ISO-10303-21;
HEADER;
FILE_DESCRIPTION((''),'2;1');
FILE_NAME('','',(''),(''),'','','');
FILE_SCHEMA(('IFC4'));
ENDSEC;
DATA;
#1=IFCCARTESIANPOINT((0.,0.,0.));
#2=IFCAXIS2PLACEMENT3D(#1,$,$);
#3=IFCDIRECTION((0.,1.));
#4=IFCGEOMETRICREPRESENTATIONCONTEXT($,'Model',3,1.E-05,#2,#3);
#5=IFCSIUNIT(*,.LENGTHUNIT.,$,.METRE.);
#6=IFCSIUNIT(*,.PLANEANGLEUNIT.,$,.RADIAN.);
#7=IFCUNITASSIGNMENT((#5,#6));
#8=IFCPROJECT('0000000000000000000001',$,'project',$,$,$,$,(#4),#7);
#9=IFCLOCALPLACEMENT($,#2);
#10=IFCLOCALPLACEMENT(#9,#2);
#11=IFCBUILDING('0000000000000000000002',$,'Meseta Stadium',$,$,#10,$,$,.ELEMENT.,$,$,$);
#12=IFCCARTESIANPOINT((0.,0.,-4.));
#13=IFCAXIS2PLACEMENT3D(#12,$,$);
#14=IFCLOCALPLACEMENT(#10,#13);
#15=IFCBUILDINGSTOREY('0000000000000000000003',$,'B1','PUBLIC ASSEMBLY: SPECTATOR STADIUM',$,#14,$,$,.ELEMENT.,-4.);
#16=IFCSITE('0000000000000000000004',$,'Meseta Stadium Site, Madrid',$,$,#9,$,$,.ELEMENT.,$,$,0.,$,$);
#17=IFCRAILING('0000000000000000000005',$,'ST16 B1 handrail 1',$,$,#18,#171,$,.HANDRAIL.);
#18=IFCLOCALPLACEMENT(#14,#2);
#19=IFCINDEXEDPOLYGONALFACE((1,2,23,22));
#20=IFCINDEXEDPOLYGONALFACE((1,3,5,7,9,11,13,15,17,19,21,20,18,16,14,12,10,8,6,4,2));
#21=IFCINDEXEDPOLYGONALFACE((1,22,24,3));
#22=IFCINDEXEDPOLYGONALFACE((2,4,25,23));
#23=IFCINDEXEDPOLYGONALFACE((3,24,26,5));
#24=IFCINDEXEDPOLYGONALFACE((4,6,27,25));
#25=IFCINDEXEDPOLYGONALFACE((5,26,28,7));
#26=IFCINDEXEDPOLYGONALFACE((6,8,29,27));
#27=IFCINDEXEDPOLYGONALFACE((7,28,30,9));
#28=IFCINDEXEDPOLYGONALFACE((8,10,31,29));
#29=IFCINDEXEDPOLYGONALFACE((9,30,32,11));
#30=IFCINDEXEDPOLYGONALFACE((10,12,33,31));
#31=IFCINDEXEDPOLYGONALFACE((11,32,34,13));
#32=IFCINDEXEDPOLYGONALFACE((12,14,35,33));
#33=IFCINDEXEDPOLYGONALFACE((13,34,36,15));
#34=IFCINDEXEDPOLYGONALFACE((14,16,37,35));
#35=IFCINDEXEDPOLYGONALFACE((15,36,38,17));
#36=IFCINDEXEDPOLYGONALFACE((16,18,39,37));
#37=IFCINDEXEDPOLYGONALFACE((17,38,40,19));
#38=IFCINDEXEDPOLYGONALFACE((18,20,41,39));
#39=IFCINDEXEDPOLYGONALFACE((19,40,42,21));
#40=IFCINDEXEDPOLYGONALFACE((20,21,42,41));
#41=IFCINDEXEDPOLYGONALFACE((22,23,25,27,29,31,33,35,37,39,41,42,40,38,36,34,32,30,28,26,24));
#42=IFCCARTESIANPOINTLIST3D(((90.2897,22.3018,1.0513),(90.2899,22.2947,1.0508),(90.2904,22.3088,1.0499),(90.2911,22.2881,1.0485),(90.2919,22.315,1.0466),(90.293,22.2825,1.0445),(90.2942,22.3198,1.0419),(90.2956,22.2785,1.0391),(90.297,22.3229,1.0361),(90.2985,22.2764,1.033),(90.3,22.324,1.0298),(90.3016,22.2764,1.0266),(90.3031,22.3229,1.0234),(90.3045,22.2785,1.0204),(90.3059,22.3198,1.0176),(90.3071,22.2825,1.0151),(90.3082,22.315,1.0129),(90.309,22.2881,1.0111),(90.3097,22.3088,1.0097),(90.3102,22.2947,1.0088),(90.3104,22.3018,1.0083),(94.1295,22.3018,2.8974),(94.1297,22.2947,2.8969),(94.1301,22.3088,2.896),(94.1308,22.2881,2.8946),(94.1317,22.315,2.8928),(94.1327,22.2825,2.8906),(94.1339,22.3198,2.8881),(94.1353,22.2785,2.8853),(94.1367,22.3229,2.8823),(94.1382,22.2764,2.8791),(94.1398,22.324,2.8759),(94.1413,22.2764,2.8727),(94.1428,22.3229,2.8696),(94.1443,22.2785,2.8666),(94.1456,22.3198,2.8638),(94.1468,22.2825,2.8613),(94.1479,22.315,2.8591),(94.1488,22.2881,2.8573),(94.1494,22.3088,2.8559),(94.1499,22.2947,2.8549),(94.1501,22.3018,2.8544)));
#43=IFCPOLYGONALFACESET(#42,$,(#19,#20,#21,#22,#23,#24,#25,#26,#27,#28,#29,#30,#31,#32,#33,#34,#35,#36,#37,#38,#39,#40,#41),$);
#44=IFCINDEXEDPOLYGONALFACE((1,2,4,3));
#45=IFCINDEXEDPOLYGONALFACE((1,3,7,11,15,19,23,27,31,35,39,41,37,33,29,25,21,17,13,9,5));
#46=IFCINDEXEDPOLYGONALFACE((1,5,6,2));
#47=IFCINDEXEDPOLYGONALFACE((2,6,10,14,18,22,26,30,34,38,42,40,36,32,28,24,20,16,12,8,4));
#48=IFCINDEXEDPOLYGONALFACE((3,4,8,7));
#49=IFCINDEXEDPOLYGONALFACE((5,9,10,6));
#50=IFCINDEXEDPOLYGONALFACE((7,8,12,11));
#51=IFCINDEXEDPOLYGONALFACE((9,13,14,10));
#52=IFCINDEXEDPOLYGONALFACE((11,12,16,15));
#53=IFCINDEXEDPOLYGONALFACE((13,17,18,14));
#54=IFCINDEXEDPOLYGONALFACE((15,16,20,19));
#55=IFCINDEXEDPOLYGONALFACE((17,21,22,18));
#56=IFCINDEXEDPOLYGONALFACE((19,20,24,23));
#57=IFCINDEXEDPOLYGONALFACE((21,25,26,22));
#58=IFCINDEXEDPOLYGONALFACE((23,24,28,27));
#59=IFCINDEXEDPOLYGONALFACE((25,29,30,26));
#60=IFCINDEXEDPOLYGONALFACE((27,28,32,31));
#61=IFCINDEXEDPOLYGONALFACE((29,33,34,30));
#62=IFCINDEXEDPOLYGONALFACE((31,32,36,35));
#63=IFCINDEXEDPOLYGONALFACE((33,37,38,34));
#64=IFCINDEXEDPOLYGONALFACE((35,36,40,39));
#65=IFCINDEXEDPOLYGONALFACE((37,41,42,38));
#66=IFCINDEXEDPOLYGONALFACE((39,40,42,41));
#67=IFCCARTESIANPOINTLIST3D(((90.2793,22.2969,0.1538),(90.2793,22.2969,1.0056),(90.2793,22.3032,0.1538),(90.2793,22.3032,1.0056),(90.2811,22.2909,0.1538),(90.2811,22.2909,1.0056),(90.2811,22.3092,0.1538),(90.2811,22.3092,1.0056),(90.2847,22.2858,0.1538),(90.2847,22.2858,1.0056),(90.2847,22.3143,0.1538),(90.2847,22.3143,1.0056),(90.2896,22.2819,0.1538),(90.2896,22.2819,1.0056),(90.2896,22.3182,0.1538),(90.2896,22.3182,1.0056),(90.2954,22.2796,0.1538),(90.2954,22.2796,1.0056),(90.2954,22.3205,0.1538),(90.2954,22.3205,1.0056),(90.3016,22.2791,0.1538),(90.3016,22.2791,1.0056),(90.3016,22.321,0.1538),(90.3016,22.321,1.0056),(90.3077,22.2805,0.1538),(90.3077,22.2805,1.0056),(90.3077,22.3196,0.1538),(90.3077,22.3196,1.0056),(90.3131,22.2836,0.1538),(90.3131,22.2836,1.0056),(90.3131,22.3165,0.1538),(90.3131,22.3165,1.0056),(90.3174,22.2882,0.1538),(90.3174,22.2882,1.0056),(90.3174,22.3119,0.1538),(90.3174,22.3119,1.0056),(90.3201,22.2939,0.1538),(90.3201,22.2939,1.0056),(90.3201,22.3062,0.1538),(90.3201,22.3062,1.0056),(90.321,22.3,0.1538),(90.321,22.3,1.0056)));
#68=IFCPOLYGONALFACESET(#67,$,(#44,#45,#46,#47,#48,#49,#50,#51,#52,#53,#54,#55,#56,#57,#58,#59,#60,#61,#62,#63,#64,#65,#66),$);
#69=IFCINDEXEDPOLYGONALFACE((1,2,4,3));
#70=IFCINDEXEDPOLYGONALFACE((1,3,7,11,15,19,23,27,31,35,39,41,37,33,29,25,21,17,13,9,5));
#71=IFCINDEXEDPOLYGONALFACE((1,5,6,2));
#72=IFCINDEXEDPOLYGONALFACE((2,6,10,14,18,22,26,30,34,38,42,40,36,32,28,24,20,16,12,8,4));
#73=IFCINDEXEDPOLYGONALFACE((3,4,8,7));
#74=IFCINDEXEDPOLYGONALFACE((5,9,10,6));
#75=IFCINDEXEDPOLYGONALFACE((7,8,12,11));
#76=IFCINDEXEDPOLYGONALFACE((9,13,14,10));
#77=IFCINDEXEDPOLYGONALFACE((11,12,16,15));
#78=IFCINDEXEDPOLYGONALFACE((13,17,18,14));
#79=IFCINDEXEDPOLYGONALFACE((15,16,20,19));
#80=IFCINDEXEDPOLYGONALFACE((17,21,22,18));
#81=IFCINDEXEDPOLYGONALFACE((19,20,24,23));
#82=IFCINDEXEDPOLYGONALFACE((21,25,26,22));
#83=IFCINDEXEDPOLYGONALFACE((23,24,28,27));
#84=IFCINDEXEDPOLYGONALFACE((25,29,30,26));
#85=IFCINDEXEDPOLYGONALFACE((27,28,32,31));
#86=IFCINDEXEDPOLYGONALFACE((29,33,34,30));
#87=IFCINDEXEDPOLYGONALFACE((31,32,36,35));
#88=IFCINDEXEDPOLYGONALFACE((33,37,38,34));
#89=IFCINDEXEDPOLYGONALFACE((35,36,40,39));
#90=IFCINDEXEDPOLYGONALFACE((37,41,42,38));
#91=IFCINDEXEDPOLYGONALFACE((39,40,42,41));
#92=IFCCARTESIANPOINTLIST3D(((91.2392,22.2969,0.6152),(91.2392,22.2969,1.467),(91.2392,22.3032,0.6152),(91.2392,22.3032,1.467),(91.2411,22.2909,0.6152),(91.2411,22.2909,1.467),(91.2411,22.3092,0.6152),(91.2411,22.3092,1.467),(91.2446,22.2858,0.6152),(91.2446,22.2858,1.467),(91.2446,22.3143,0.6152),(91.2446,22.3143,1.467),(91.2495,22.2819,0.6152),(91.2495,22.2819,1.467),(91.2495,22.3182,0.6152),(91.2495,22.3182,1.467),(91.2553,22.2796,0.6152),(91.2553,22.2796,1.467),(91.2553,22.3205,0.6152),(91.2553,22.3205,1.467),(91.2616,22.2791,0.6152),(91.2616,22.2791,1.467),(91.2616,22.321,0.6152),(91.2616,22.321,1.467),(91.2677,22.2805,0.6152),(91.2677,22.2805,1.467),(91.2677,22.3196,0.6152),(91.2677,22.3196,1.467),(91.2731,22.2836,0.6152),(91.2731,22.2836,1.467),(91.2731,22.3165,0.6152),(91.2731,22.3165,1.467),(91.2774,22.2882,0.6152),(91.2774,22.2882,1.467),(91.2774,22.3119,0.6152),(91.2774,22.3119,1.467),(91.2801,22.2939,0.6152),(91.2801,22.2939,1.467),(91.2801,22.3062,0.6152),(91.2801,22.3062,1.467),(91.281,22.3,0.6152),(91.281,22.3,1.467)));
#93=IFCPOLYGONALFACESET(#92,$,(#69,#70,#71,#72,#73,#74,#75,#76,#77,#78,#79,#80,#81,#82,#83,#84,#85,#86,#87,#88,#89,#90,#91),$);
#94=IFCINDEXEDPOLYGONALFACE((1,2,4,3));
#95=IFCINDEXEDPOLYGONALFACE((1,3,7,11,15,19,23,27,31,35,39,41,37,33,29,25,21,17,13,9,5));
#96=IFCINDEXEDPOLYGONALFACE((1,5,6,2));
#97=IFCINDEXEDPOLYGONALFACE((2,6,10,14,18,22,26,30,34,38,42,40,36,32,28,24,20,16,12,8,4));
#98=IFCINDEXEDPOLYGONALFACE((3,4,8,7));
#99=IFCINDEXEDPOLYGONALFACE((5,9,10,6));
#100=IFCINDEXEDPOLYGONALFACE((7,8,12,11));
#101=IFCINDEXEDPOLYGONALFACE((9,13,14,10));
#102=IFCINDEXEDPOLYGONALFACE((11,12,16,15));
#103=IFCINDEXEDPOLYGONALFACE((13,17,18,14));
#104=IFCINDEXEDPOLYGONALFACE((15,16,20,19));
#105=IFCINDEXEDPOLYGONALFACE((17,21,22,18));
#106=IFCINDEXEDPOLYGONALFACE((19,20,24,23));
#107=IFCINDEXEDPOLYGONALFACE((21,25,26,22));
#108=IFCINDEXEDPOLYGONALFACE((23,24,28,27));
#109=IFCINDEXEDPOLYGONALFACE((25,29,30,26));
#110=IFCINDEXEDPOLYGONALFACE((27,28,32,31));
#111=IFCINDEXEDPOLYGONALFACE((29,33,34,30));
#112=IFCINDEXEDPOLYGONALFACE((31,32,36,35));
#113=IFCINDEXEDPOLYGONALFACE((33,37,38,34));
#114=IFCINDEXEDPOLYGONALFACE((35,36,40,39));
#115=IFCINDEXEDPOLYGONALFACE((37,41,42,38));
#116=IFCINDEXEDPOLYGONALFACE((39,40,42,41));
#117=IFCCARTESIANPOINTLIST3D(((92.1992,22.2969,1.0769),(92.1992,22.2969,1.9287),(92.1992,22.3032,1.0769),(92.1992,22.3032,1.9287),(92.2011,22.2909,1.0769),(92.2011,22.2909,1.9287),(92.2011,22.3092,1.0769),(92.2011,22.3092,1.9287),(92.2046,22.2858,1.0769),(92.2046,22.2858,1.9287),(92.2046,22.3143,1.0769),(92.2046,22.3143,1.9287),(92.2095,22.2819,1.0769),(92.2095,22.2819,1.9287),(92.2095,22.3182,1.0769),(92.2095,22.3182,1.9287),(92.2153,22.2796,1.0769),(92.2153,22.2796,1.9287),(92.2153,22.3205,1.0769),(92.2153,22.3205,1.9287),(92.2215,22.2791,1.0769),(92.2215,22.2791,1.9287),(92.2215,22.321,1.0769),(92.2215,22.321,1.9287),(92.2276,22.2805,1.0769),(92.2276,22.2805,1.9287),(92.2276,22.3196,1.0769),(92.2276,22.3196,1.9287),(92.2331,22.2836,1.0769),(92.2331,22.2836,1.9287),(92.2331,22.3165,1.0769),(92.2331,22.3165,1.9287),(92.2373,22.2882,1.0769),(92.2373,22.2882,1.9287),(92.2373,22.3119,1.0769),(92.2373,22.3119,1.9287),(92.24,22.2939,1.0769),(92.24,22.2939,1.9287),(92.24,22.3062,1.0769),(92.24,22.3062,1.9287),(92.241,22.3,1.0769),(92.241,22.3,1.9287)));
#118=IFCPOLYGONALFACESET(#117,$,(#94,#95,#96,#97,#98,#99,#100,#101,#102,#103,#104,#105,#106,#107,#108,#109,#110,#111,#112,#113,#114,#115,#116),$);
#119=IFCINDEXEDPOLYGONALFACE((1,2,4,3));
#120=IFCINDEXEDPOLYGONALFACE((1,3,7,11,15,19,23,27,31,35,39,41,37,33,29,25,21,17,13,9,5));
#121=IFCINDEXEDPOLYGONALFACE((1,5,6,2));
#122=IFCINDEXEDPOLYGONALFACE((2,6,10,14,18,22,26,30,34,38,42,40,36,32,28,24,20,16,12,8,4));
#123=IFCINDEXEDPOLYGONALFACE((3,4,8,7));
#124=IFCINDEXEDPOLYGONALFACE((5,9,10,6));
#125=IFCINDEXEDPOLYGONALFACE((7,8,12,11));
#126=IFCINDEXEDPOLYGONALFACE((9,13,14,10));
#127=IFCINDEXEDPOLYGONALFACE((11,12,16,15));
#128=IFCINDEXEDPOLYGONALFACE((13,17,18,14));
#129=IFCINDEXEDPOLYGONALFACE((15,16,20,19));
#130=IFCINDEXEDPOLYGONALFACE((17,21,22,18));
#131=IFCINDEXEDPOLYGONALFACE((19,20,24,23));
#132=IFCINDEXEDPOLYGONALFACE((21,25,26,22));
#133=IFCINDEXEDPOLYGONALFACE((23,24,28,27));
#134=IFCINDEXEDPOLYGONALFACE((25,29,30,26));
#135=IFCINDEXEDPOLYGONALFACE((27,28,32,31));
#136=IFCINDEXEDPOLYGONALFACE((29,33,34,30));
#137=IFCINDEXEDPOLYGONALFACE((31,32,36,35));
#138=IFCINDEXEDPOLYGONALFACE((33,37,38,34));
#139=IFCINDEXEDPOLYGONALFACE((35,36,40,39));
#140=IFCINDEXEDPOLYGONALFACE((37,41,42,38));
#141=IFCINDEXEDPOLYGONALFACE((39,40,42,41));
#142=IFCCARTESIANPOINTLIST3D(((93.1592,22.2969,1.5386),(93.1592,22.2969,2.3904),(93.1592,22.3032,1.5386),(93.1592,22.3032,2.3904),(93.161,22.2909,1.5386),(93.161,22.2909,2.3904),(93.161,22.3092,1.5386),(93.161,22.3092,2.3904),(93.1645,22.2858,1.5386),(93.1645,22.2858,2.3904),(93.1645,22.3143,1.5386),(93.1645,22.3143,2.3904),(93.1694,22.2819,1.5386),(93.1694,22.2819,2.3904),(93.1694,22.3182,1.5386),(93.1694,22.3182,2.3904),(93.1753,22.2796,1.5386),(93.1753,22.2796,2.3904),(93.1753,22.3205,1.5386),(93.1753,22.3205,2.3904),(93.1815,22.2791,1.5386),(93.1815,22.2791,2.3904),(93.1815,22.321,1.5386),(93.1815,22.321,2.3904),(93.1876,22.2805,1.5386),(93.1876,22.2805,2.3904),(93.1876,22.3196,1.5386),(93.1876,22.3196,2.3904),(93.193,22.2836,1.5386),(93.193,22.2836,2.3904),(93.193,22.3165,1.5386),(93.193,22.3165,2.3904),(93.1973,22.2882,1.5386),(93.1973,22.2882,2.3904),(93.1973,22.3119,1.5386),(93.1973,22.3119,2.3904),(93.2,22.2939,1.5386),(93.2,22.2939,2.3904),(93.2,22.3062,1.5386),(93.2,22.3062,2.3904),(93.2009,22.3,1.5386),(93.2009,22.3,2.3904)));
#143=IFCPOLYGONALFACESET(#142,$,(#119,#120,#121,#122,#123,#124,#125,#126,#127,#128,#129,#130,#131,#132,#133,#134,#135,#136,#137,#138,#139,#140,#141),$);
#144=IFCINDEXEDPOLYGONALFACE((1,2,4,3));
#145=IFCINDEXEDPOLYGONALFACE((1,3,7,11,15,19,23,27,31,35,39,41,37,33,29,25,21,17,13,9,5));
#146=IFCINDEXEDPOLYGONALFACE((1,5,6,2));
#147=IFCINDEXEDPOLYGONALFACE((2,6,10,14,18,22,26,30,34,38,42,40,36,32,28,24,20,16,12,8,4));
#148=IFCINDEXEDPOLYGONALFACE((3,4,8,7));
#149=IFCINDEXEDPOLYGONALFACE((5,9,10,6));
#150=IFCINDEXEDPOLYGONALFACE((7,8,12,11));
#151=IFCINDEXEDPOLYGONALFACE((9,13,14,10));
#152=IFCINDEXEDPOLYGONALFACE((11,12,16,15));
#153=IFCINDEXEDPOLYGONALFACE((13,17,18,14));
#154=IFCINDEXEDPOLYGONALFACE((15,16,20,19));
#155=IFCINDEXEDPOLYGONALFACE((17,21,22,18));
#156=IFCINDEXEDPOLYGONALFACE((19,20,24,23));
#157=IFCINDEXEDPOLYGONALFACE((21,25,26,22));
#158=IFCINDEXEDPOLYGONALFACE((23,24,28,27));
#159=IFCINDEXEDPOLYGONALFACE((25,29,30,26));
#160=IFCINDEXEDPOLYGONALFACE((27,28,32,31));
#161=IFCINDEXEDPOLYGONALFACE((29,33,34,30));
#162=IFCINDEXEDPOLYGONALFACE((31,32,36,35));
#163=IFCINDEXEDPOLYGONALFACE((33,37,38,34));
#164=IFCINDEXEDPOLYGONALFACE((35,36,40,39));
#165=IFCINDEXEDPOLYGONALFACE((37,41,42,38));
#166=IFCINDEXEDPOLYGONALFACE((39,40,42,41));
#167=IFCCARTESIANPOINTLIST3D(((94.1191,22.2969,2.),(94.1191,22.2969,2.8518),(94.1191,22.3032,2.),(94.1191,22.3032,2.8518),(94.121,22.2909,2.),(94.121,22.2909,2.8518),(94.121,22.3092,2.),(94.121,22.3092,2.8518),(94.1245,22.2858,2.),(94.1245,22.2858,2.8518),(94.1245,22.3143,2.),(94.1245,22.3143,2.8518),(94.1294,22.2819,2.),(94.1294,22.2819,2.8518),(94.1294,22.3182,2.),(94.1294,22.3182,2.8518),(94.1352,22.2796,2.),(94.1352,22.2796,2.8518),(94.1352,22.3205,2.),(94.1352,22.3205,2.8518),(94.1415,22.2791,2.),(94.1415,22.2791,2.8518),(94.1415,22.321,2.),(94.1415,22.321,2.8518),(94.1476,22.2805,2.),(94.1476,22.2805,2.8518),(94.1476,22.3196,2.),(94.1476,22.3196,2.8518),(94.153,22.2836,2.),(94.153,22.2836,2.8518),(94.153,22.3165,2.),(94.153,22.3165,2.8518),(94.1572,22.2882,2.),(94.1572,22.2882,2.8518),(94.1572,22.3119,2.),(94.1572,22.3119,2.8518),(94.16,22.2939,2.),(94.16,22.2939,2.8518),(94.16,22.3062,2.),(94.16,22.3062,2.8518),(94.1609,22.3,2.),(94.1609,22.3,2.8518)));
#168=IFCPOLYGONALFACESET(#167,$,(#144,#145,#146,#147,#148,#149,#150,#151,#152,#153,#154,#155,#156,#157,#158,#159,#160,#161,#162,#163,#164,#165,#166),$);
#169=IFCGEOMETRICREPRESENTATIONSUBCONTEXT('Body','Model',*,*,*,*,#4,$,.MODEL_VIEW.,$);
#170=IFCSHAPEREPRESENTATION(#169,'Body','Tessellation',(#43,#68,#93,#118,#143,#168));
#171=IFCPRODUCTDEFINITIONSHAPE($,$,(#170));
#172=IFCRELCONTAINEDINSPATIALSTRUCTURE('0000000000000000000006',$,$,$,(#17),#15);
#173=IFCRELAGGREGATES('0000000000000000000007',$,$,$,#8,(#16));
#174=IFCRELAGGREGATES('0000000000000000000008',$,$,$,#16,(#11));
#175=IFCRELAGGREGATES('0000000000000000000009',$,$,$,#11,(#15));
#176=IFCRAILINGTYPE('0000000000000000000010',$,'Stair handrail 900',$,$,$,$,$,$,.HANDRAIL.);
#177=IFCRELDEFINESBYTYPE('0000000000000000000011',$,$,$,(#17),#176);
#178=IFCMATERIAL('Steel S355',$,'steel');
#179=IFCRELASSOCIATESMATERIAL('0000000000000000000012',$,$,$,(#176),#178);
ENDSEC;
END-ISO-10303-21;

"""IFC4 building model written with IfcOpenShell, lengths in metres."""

from ifc_helpers import new_model, si_unit, direction, frame, origin, origin_2d, place, context, subcontext, project, spatial, circle, extrude, material, type_object, element, save


model = new_model("IFC4")

# Units and contexts
model_context = context("Model", 3, precision=1e-05, world=origin(), true_north=direction((0.0, 1.0)))
body_context = subcontext(model_context, "Body", "Model", "MODEL_VIEW")
ifc_project = project(units=[si_unit("LENGTHUNIT", "METRE"), si_unit("PLANEANGLEUNIT", "RADIAN")], contexts=[model_context])

# Site, building, storey
site_placement = place(None, origin())
site = spatial("IfcSite", under=ifc_project, at=site_placement, Name="Meseta Stadium Site, Madrid", CompositionType="ELEMENT", RefElevation=0.0)
building_placement = place(site_placement, origin())
building = spatial("IfcBuilding", under=site, at=building_placement, Name="Meseta Stadium", CompositionType="ELEMENT")
storey_placement = place(building_placement, frame((0.0, 0.0, -4.0)))
storey = spatial("IfcBuildingStorey", under=building, at=storey_placement, Name="B1", Description="PUBLIC ASSEMBLY: SPECTATOR STADIUM", CompositionType="ELEMENT", Elevation=-4.0)

# Railing
ifc_material_1 = material(Name="Steel S355", Category="steel")
railing_type_1 = type_object("IfcRailingType", Name="Stair handrail 900", PredefinedType="HANDRAIL", material=ifc_material_1)
railing_1_placement = place(storey_placement, frame((90.3, 22.3, 0.1538)))
element("IfcRailing", 1, at=railing_1_placement, inside=storey, type_object=railing_type_1, Name="ST16 B1 handrail 1", PredefinedType="HANDRAIL", context=body_context, shape_type="SweptSolid", body=[
    extrude(circle(Radius=0.0239, at=origin_2d()), frame((0.0, 0.0, 0.876), z_axis=(0.901242, 0.0, 0.433316), x_axis=(0.0, 1.0, 0.0)), (0.0, 0.0, 1.0), 4.2605),
    extrude(circle(Radius=0.021, at=origin_2d()), origin(), (0.0, 0.0, 1.0), 0.8518),
    extrude(circle(Radius=0.021, at=origin_2d()), frame((0.96, 0.0, 0.4614)), (0.0, 0.0, 1.0), 0.8518),
    extrude(circle(Radius=0.021, at=origin_2d()), frame((1.9199, 0.0, 0.9231)), (0.0, 0.0, 1.0), 0.8518),
    extrude(circle(Radius=0.021, at=origin_2d()), frame((2.8799, 0.0, 1.3848)), (0.0, 0.0, 1.0), 0.8518),
    extrude(circle(Radius=0.021, at=origin_2d()), frame((3.8398, 0.0, 1.8462)), (0.0, 0.0, 1.0), 0.8518),
])

save(model, "model.ifc")
